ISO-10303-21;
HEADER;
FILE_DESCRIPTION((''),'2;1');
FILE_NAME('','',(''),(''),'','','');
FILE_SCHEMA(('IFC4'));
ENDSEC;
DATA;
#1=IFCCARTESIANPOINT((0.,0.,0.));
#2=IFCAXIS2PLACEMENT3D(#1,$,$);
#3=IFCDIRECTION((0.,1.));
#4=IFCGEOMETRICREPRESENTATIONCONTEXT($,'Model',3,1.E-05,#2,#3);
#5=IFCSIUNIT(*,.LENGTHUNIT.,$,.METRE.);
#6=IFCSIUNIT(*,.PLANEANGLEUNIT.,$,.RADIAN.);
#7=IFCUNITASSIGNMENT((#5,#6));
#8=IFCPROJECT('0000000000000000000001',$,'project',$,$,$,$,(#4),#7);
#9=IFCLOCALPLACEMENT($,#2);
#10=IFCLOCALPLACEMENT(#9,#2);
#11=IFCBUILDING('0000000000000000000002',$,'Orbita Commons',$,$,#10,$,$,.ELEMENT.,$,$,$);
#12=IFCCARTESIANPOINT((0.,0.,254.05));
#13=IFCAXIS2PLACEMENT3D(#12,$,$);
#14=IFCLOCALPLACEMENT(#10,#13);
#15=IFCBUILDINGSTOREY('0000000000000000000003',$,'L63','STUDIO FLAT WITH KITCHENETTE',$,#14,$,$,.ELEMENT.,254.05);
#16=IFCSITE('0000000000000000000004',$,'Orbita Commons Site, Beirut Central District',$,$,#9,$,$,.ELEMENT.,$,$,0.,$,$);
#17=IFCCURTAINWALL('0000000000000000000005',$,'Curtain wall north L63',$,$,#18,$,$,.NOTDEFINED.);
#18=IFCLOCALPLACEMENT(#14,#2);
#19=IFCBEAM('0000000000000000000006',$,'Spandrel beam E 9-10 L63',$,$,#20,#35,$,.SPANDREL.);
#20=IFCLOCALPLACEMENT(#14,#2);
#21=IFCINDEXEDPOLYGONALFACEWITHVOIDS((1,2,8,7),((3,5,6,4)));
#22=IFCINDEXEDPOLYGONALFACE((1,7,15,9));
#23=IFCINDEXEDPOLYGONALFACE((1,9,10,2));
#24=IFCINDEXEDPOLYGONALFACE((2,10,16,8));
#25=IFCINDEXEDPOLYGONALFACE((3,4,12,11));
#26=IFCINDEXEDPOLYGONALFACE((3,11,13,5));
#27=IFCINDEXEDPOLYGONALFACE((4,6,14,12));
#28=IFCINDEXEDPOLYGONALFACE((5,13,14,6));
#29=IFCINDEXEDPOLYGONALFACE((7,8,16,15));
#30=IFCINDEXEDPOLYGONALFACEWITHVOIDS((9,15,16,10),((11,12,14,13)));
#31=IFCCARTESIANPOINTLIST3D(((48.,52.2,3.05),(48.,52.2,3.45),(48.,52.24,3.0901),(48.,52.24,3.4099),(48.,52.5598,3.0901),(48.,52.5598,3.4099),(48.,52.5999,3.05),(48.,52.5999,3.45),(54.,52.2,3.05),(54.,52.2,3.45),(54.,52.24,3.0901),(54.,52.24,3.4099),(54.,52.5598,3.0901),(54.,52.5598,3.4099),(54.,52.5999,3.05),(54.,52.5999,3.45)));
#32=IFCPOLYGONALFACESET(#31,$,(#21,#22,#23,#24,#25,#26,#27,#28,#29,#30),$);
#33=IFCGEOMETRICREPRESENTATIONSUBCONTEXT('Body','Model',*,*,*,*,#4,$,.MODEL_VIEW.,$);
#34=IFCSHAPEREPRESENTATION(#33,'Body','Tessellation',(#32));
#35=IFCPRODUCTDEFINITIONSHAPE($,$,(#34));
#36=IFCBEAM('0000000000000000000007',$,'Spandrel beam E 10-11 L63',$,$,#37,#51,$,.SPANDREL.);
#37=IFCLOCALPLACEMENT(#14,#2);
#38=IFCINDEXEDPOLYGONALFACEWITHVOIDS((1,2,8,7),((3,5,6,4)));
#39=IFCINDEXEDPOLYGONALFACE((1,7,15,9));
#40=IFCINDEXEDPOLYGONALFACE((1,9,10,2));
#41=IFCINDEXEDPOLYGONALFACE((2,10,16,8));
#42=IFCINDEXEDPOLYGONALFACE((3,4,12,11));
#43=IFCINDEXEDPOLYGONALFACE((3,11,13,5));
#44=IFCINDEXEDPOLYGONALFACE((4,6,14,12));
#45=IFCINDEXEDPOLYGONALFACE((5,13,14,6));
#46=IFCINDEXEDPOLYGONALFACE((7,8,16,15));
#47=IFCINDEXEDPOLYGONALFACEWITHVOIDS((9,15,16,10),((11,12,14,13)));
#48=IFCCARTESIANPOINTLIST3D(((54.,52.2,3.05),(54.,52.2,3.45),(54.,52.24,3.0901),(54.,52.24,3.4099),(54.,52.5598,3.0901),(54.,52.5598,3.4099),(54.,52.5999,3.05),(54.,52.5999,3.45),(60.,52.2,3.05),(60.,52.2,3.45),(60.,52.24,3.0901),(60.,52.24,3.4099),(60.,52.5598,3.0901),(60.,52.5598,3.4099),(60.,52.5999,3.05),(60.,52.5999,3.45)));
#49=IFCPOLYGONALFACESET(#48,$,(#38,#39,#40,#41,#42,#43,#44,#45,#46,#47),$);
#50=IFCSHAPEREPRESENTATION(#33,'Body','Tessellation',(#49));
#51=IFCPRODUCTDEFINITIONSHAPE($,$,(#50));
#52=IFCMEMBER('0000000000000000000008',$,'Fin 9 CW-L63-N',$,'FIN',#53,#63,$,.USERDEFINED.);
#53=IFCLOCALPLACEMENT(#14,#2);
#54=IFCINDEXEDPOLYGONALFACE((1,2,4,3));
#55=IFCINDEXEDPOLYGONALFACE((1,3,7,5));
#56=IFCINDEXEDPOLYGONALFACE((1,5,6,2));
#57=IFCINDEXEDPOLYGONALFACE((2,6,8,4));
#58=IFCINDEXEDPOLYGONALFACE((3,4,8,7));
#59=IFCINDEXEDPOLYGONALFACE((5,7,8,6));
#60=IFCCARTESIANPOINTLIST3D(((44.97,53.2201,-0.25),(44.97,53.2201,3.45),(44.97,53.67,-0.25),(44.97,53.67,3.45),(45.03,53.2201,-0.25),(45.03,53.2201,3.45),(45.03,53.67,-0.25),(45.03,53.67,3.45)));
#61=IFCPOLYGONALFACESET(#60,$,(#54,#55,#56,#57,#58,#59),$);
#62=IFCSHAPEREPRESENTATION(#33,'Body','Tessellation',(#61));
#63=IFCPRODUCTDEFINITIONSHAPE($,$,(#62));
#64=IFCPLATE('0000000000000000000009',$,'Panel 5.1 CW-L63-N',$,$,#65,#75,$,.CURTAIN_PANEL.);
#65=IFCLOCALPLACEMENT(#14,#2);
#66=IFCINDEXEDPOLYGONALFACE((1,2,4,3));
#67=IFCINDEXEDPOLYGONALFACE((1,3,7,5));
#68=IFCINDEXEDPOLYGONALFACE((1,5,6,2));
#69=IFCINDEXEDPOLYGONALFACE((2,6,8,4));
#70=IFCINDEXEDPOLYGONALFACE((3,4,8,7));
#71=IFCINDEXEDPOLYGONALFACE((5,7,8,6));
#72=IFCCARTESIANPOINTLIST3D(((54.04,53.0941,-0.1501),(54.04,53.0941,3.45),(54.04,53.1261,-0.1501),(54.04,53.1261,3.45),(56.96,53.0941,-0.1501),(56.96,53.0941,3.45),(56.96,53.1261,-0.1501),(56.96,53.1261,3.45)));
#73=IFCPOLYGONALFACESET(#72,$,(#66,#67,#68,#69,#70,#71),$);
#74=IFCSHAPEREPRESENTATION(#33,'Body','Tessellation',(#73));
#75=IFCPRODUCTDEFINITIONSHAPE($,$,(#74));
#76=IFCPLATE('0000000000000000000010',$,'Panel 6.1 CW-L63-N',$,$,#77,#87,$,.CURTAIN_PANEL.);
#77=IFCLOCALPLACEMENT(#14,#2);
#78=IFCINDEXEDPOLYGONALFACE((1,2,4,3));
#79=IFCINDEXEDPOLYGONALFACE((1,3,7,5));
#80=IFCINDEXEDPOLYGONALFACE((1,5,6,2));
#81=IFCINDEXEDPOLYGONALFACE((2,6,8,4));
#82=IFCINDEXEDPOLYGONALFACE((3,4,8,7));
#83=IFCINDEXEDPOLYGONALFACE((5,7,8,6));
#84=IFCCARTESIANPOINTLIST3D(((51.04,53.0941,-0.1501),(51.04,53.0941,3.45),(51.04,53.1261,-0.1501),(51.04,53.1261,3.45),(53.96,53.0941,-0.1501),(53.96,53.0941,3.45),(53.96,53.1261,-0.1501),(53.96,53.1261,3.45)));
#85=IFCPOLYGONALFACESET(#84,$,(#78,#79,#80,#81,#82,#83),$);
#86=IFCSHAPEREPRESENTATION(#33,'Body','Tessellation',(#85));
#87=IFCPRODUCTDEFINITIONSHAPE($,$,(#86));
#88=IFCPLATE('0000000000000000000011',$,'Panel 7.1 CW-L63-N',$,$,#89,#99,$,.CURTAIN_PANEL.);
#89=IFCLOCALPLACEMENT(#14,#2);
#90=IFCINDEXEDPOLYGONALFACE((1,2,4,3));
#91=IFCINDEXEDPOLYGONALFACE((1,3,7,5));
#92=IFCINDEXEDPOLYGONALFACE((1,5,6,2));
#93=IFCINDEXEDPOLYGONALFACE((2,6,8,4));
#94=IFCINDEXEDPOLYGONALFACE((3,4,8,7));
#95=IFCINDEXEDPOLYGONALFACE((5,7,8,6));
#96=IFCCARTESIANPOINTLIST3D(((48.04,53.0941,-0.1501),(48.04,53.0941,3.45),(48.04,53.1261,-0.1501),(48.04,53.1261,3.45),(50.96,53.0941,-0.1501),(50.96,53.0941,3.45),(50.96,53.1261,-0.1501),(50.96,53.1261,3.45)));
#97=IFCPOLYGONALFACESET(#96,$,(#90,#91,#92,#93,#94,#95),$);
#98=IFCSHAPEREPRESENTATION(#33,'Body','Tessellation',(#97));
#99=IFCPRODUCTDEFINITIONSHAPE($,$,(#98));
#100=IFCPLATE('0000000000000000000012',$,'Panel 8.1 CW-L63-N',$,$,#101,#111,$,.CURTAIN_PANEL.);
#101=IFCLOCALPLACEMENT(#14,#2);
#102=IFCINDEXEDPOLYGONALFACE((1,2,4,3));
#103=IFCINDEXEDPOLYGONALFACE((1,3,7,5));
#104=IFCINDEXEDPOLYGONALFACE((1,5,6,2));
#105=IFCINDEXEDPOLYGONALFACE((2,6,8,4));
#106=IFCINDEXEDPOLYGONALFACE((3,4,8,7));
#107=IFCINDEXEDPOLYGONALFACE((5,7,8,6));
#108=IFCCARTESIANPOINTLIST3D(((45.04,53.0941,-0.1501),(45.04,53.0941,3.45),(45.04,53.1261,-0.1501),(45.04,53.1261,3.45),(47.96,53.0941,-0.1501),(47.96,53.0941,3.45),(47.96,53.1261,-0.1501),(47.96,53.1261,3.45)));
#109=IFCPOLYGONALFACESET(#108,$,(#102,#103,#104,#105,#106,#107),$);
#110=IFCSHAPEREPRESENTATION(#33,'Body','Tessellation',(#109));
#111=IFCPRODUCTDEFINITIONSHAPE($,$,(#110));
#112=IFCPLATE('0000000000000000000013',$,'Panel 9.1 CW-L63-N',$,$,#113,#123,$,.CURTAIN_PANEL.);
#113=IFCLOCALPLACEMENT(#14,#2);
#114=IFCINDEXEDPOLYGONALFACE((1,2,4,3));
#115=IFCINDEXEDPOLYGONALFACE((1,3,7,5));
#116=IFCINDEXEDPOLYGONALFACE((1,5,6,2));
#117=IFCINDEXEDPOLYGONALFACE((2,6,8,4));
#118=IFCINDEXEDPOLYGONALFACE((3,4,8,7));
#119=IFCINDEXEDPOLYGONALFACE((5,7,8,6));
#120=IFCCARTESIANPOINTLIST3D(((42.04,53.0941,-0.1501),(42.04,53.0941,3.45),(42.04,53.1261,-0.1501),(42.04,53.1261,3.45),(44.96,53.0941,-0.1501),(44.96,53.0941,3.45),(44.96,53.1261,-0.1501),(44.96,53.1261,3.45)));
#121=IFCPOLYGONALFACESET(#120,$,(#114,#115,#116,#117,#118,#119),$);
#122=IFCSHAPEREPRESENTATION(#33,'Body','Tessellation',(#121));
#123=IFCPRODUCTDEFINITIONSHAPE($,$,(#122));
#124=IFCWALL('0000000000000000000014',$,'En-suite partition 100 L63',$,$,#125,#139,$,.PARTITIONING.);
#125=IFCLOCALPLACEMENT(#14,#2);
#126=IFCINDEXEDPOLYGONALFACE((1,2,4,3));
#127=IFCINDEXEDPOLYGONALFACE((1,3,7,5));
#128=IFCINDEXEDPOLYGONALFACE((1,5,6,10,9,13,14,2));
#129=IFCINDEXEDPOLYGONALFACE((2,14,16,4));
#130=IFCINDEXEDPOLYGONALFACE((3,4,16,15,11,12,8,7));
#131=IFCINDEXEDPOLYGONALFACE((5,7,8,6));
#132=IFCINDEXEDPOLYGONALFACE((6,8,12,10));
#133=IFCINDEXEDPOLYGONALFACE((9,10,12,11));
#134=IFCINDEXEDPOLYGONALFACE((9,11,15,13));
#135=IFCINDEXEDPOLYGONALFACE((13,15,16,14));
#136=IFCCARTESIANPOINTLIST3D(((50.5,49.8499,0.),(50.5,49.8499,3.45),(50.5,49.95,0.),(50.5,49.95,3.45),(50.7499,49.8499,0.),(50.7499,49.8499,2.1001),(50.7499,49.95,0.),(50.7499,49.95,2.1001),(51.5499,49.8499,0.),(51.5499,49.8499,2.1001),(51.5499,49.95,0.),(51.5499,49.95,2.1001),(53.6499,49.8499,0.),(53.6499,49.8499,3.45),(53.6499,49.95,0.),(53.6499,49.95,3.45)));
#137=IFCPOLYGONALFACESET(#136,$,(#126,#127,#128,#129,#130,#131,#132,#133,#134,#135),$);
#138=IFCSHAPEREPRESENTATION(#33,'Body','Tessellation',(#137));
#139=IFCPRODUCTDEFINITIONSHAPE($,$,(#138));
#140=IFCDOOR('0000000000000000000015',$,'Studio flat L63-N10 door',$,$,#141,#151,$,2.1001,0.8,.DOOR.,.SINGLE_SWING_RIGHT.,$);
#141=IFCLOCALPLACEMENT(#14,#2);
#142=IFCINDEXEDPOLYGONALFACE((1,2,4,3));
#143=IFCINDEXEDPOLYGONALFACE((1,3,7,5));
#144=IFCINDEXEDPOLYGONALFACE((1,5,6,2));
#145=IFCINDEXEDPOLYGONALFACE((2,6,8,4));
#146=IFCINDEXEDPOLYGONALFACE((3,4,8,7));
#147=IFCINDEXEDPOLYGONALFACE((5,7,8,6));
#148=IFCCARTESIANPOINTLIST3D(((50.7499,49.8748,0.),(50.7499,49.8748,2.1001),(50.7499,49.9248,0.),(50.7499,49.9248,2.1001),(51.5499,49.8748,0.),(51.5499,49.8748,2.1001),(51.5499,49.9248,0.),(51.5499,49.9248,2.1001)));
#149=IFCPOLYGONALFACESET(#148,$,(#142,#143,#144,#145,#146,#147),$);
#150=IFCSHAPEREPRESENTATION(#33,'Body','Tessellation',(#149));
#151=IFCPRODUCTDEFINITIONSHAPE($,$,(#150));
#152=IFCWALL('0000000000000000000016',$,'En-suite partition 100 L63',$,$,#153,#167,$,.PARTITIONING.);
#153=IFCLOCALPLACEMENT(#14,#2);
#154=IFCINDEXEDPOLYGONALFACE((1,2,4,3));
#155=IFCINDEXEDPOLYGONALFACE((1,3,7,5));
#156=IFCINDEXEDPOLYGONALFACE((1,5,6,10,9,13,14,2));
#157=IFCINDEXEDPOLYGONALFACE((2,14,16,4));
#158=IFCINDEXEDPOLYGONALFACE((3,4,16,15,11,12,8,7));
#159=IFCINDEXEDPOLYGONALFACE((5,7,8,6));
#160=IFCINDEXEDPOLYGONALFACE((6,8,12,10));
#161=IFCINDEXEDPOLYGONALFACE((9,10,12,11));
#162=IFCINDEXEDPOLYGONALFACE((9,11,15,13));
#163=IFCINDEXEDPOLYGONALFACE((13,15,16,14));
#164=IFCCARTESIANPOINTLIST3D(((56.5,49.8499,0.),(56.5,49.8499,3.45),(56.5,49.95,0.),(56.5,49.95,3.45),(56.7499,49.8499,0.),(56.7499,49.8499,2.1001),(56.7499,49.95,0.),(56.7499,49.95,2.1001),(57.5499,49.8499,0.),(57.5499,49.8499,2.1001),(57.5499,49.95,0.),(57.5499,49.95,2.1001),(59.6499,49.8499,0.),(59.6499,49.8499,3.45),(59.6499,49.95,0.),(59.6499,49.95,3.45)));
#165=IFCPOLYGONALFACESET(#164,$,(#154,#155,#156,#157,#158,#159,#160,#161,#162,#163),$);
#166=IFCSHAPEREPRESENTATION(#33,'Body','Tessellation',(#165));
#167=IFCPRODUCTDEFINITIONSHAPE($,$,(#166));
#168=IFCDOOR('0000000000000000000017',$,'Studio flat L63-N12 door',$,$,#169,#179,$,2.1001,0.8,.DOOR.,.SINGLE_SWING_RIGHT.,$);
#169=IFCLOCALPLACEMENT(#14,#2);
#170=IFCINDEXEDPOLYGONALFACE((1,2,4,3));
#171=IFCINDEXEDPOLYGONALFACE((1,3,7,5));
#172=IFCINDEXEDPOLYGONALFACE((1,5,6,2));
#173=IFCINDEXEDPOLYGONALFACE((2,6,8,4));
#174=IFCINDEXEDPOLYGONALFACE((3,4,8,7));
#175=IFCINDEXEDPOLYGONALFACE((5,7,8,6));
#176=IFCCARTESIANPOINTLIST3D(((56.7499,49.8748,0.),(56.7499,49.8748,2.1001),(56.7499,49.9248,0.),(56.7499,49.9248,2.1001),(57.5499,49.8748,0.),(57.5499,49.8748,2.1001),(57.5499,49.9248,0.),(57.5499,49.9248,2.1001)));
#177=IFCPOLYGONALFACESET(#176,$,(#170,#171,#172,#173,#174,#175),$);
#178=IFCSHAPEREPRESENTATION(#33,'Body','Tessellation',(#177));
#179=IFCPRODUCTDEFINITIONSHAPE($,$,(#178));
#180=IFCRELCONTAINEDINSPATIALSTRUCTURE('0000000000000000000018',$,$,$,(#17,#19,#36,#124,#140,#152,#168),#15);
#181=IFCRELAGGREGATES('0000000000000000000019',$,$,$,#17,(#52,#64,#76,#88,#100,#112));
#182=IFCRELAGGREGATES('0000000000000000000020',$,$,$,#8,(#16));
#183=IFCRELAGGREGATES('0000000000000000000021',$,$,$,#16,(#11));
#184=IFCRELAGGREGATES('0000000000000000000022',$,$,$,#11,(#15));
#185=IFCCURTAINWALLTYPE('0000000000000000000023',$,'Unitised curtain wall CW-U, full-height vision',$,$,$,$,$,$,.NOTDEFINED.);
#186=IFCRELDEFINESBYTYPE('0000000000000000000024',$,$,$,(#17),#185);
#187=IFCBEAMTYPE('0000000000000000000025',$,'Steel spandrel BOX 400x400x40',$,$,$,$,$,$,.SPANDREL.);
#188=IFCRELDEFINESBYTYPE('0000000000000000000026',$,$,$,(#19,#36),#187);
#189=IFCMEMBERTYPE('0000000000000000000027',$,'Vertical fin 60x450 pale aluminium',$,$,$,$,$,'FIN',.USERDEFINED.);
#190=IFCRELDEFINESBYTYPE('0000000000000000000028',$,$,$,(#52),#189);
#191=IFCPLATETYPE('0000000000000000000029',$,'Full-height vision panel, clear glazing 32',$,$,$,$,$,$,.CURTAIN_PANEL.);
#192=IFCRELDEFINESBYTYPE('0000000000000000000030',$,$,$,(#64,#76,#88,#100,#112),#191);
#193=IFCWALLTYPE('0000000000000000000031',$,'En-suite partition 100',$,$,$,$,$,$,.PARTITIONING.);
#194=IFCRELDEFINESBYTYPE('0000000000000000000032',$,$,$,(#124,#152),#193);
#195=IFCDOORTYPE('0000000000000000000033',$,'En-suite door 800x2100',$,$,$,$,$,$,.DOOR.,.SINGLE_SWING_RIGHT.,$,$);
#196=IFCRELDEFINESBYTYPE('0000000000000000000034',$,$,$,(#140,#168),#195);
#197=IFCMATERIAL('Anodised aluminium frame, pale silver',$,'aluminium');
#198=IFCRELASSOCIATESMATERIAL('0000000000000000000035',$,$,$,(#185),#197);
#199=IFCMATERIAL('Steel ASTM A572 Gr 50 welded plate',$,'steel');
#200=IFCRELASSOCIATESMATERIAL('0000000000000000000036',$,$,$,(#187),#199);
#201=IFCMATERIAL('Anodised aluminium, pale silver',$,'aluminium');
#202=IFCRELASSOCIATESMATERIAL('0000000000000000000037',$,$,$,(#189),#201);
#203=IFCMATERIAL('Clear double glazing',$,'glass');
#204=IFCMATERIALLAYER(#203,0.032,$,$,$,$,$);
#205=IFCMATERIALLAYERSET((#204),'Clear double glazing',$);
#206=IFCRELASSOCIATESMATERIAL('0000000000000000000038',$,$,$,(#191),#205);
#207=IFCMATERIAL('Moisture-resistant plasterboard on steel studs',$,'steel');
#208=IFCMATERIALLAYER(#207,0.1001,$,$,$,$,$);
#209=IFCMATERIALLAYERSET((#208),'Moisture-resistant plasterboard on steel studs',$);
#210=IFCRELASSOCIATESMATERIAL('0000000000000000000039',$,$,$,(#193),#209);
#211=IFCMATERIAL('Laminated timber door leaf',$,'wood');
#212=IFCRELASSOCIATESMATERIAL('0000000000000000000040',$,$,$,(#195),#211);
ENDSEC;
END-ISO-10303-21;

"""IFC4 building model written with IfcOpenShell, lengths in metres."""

from ifc_helpers import new_model, si_unit, direction, frame, frame_2d, origin, origin_2d, place, context, subcontext, project, spatial, rectangle, hollow_rectangle, extrude, material, layer, layer_set, material_profile, profile_set, type_object, element, fill, aggregate, save


model = new_model("IFC4")

# Units and contexts
model_context = context("Model", 3, precision=1e-05, world=origin(), true_north=direction((0.0, 1.0)))
body_context = subcontext(model_context, "Body", "Model", "MODEL_VIEW")
ifc_project = project(units=[si_unit("LENGTHUNIT", "METRE"), si_unit("PLANEANGLEUNIT", "RADIAN")], contexts=[model_context])

# Site, building, storey
site_placement = place(None, origin())
site = spatial("IfcSite", under=ifc_project, at=site_placement, Name="Orbita Commons Site, Beirut Central District", CompositionType="ELEMENT", RefElevation=0.0)
building_placement = place(site_placement, origin())
building = spatial("IfcBuilding", under=site, at=building_placement, Name="Orbita Commons", CompositionType="ELEMENT")
storey_placement = place(building_placement, frame((0.0, 0.0, 254.05)))
storey = spatial("IfcBuildingStorey", under=building, at=storey_placement, Name="L63", Description="STUDIO FLAT WITH KITCHENETTE", CompositionType="ELEMENT", Elevation=254.05)

# Curtain wall
ifc_material_1 = material(Name="Anodised aluminium frame, pale silver", Category="aluminium")
curtain_wall_type = type_object("IfcCurtainWallType", Name="Unitised curtain wall CW-U, full-height vision", PredefinedType="NOTDEFINED", material=ifc_material_1)
curtain_wall_placement = place(storey_placement, origin())
curtain_wall = element("IfcCurtainWall", 1, at=curtain_wall_placement, inside=storey, type_object=curtain_wall_type, Name="Curtain wall north L63", PredefinedType="NOTDEFINED")

# Beams
ifc_material_2 = material(Name="Steel ASTM A572 Gr 50 welded plate", Category="steel")
ifc_material_profile_1 = material_profile(ifc_material_2, hollow_rectangle(XDim=0.3999, YDim=0.3999, WallThickness=0.04, at=origin_2d()), Name="BOX 400x400x40")
ifc_profile_set_1 = profile_set([ifc_material_profile_1], Name="Steel ASTM A572 Gr 50 welded plate")
beam_type = type_object("IfcBeamType", Name="Steel spandrel BOX 400x400x40", PredefinedType="SPANDREL", material=ifc_profile_set_1)
for number, where, z_axis, x_axis, name in (
    (2, (48.0, 52.3999, 3.25), (1.0, 0.0, 0.0), (0.0, 1.0, 0.0), "Spandrel beam E 9-10 L63"),
    (3, (54.0, 52.3999, 3.25), (1.0, 0.0, 0.0), (0.0, 1.0, 0.0), "Spandrel beam E 10-11 L63"),
):
    element("IfcBeam", number, at=place(storey_placement, frame(where, z_axis=z_axis, x_axis=x_axis)), inside=storey, type_object=beam_type, Name=name, PredefinedType="SPANDREL", context=body_context, shape_type="SweptSolid", body=[
        extrude(hollow_rectangle(XDim=0.3999, YDim=0.3999, WallThickness=0.04, at=origin_2d()), origin(), (0.0, 0.0, 1.0), 6.0),
    ])

# Member
ifc_material_3 = material(Name="Anodised aluminium, pale silver", Category="aluminium")
ifc_material_profile_2 = material_profile(ifc_material_3, rectangle(XDim=0.0601, YDim=0.45, at=origin_2d()), Name="FIN 60x450")
ifc_profile_set_2 = profile_set([ifc_material_profile_2], Name="Anodised aluminium, pale silver")
member_type_1 = type_object("IfcMemberType", Name="Vertical fin 60x450 pale aluminium", ElementType="FIN", PredefinedType="USERDEFINED", material=ifc_profile_set_2)
member_1_placement = place(storey_placement, frame((45.0, 53.4451, -0.25), z_axis=(0.0, 0.0, 1.0), x_axis=(-1.0, 0.0, 0.0)))
member_1 = element("IfcMember", 4, at=member_1_placement, type_object=member_type_1, Name="Fin 9 CW-L63-N", ObjectType="FIN", PredefinedType="USERDEFINED", context=body_context, shape_type="SweptSolid", body=[
    extrude(rectangle(XDim=0.0601, YDim=0.45, at=origin_2d()), origin(), (0.0, 0.0, 1.0), 3.7),
])

# Plates
ifc_material_4 = material(Name="Clear double glazing", Category="glass")
ifc_layer_1 = layer(ifc_material_4, 0.032)
ifc_layer_set_1 = layer_set([ifc_layer_1], Name="Clear double glazing")
plate_type = type_object("IfcPlateType", Name="Full-height vision panel, clear glazing 32", PredefinedType="CURTAIN_PANEL", material=ifc_layer_set_1)
plate_1_placement = place(storey_placement, frame((55.5, 53.1101, -0.1501), z_axis=(0.0, 0.0, 1.0), x_axis=(-1.0, 0.0, 0.0)))
plate_1 = element("IfcPlate", 5, at=plate_1_placement, type_object=plate_type, Name="Panel 5.1 CW-L63-N", PredefinedType="CURTAIN_PANEL", context=body_context, shape_type="SweptSolid", body=[
    extrude(rectangle(XDim=2.9199, YDim=0.032, at=origin_2d()), origin(), (0.0, 0.0, 1.0), 3.6001),
])
plate_2_placement = place(storey_placement, frame((52.5, 53.1101, -0.1501), z_axis=(0.0, 0.0, 1.0), x_axis=(-1.0, 0.0, 0.0)))
plate_2 = element("IfcPlate", 6, at=plate_2_placement, type_object=plate_type, Name="Panel 6.1 CW-L63-N", PredefinedType="CURTAIN_PANEL", context=body_context, shape_type="SweptSolid", body=[
    extrude(rectangle(XDim=2.9199, YDim=0.032, at=origin_2d()), origin(), (0.0, 0.0, 1.0), 3.6001),
])
plate_3_placement = place(storey_placement, frame((49.5, 53.1101, -0.1501), z_axis=(0.0, 0.0, 1.0), x_axis=(-1.0, 0.0, 0.0)))
plate_3 = element("IfcPlate", 7, at=plate_3_placement, type_object=plate_type, Name="Panel 7.1 CW-L63-N", PredefinedType="CURTAIN_PANEL", context=body_context, shape_type="SweptSolid", body=[
    extrude(rectangle(XDim=2.9199, YDim=0.032, at=origin_2d()), origin(), (0.0, 0.0, 1.0), 3.6001),
])
plate_4_placement = place(storey_placement, frame((46.5, 53.1101, -0.1501), z_axis=(0.0, 0.0, 1.0), x_axis=(-1.0, 0.0, 0.0)))
plate_4 = element("IfcPlate", 8, at=plate_4_placement, type_object=plate_type, Name="Panel 8.1 CW-L63-N", PredefinedType="CURTAIN_PANEL", context=body_context, shape_type="SweptSolid", body=[
    extrude(rectangle(XDim=2.9199, YDim=0.032, at=origin_2d()), origin(), (0.0, 0.0, 1.0), 3.6001),
])
plate_5_placement = place(storey_placement, frame((43.5, 53.1101, -0.1501), z_axis=(0.0, 0.0, 1.0), x_axis=(-1.0, 0.0, 0.0)))
plate_5 = element("IfcPlate", 9, at=plate_5_placement, type_object=plate_type, Name="Panel 9.1 CW-L63-N", PredefinedType="CURTAIN_PANEL", context=body_context, shape_type="SweptSolid", body=[
    extrude(rectangle(XDim=2.9199, YDim=0.032, at=origin_2d()), origin(), (0.0, 0.0, 1.0), 3.6001),
])
aggregate(curtain_wall, [member_1, plate_1, plate_2, plate_3, plate_4, plate_5])

# Walls, openings, doors
ifc_material_5 = material(Name="Moisture-resistant plasterboard on steel studs", Category="steel")
ifc_layer_2 = layer(ifc_material_5, 0.1001)
ifc_layer_set_2 = layer_set([ifc_layer_2], Name="Moisture-resistant plasterboard on steel studs")
wall_type_1 = type_object("IfcWallType", Name="En-suite partition 100", PredefinedType="PARTITIONING", material=ifc_layer_set_2)
wall_1_placement = place(storey_placement, frame((50.5, 49.8999, 0.0), z_axis=(0.0, 0.0, 1.0), x_axis=(1.0, 0.0, 0.0)))
wall_1 = element("IfcWall", 10, at=wall_1_placement, inside=storey, type_object=wall_type_1, Name="En-suite partition 100 L63", PredefinedType="PARTITIONING", context=body_context, shape_type="SweptSolid", body=[
    extrude(rectangle(XDim=3.1499, YDim=0.1001, at=frame_2d((1.575, 0.0))), origin(), (0.0, 0.0, 1.0), 3.45),
])
opening_1_placement = place(wall_1_placement, frame((0.25, 0.0, 0.0)))
opening_1 = element("IfcOpeningElement", 11, at=opening_1_placement, cuts=wall_1, PredefinedType="OPENING", context=body_context, shape_type="SweptSolid", body=[
    extrude(rectangle(XDim=0.8, YDim=2.1001, at=frame_2d((0.3999, 1.05))), frame((0.0, 0.0601, 0.0), z_axis=(0.0, -1.0, 0.0), x_axis=(1.0, 0.0, 0.0)), (0.0, 0.0, 1.0), 0.1201),
])
ifc_material_6 = material(Name="Laminated timber door leaf", Category="wood")
door_type = type_object("IfcDoorType", Name="En-suite door 800x2100", OperationType="SINGLE_SWING_RIGHT", PredefinedType="DOOR", material=ifc_material_6)
door_1_placement = place(opening_1_placement, origin())
door_1 = element("IfcDoor", 12, at=door_1_placement, inside=storey, type_object=door_type, Name="Studio flat L63-N10 door", OperationType="SINGLE_SWING_RIGHT", OverallHeight=2.1001, OverallWidth=0.8, PredefinedType="DOOR", context=body_context, shape_type="SweptSolid", body=[
    extrude(rectangle(XDim=0.8, YDim=2.1001, at=frame_2d((0.3999, 1.05))), frame((0.0, 0.0249, 0.0), z_axis=(0.0, -1.0, 0.0), x_axis=(1.0, 0.0, 0.0)), (0.0, 0.0, 1.0), 0.05),
])
fill(opening_1, door_1)
wall_2_placement = place(storey_placement, frame((56.5, 49.8999, 0.0), z_axis=(0.0, 0.0, 1.0), x_axis=(1.0, 0.0, 0.0)))
wall_2 = element("IfcWall", 13, at=wall_2_placement, inside=storey, type_object=wall_type_1, Name="En-suite partition 100 L63", PredefinedType="PARTITIONING", context=body_context, shape_type="SweptSolid", body=[
    extrude(rectangle(XDim=3.1499, YDim=0.1001, at=frame_2d((1.575, 0.0))), origin(), (0.0, 0.0, 1.0), 3.45),
])
opening_2_placement = place(wall_2_placement, frame((0.25, 0.0, 0.0)))
opening_2 = element("IfcOpeningElement", 14, at=opening_2_placement, cuts=wall_2, PredefinedType="OPENING", context=body_context, shape_type="SweptSolid", body=[
    extrude(rectangle(XDim=0.8, YDim=2.1001, at=frame_2d((0.3999, 1.05))), frame((0.0, 0.0601, 0.0), z_axis=(0.0, -1.0, 0.0), x_axis=(1.0, 0.0, 0.0)), (0.0, 0.0, 1.0), 0.1201),
])
door_2_placement = place(opening_2_placement, origin())
door_2 = element("IfcDoor", 15, at=door_2_placement, inside=storey, type_object=door_type, Name="Studio flat L63-N12 door", OperationType="SINGLE_SWING_RIGHT", OverallHeight=2.1001, OverallWidth=0.8, PredefinedType="DOOR", context=body_context, shape_type="SweptSolid", body=[
    extrude(rectangle(XDim=0.8, YDim=2.1001, at=frame_2d((0.3999, 1.05))), frame((0.0, 0.0249, 0.0), z_axis=(0.0, -1.0, 0.0), x_axis=(1.0, 0.0, 0.0)), (0.0, 0.0, 1.0), 0.05),
])
fill(opening_2, door_2)

save(model, "model.ifc")
